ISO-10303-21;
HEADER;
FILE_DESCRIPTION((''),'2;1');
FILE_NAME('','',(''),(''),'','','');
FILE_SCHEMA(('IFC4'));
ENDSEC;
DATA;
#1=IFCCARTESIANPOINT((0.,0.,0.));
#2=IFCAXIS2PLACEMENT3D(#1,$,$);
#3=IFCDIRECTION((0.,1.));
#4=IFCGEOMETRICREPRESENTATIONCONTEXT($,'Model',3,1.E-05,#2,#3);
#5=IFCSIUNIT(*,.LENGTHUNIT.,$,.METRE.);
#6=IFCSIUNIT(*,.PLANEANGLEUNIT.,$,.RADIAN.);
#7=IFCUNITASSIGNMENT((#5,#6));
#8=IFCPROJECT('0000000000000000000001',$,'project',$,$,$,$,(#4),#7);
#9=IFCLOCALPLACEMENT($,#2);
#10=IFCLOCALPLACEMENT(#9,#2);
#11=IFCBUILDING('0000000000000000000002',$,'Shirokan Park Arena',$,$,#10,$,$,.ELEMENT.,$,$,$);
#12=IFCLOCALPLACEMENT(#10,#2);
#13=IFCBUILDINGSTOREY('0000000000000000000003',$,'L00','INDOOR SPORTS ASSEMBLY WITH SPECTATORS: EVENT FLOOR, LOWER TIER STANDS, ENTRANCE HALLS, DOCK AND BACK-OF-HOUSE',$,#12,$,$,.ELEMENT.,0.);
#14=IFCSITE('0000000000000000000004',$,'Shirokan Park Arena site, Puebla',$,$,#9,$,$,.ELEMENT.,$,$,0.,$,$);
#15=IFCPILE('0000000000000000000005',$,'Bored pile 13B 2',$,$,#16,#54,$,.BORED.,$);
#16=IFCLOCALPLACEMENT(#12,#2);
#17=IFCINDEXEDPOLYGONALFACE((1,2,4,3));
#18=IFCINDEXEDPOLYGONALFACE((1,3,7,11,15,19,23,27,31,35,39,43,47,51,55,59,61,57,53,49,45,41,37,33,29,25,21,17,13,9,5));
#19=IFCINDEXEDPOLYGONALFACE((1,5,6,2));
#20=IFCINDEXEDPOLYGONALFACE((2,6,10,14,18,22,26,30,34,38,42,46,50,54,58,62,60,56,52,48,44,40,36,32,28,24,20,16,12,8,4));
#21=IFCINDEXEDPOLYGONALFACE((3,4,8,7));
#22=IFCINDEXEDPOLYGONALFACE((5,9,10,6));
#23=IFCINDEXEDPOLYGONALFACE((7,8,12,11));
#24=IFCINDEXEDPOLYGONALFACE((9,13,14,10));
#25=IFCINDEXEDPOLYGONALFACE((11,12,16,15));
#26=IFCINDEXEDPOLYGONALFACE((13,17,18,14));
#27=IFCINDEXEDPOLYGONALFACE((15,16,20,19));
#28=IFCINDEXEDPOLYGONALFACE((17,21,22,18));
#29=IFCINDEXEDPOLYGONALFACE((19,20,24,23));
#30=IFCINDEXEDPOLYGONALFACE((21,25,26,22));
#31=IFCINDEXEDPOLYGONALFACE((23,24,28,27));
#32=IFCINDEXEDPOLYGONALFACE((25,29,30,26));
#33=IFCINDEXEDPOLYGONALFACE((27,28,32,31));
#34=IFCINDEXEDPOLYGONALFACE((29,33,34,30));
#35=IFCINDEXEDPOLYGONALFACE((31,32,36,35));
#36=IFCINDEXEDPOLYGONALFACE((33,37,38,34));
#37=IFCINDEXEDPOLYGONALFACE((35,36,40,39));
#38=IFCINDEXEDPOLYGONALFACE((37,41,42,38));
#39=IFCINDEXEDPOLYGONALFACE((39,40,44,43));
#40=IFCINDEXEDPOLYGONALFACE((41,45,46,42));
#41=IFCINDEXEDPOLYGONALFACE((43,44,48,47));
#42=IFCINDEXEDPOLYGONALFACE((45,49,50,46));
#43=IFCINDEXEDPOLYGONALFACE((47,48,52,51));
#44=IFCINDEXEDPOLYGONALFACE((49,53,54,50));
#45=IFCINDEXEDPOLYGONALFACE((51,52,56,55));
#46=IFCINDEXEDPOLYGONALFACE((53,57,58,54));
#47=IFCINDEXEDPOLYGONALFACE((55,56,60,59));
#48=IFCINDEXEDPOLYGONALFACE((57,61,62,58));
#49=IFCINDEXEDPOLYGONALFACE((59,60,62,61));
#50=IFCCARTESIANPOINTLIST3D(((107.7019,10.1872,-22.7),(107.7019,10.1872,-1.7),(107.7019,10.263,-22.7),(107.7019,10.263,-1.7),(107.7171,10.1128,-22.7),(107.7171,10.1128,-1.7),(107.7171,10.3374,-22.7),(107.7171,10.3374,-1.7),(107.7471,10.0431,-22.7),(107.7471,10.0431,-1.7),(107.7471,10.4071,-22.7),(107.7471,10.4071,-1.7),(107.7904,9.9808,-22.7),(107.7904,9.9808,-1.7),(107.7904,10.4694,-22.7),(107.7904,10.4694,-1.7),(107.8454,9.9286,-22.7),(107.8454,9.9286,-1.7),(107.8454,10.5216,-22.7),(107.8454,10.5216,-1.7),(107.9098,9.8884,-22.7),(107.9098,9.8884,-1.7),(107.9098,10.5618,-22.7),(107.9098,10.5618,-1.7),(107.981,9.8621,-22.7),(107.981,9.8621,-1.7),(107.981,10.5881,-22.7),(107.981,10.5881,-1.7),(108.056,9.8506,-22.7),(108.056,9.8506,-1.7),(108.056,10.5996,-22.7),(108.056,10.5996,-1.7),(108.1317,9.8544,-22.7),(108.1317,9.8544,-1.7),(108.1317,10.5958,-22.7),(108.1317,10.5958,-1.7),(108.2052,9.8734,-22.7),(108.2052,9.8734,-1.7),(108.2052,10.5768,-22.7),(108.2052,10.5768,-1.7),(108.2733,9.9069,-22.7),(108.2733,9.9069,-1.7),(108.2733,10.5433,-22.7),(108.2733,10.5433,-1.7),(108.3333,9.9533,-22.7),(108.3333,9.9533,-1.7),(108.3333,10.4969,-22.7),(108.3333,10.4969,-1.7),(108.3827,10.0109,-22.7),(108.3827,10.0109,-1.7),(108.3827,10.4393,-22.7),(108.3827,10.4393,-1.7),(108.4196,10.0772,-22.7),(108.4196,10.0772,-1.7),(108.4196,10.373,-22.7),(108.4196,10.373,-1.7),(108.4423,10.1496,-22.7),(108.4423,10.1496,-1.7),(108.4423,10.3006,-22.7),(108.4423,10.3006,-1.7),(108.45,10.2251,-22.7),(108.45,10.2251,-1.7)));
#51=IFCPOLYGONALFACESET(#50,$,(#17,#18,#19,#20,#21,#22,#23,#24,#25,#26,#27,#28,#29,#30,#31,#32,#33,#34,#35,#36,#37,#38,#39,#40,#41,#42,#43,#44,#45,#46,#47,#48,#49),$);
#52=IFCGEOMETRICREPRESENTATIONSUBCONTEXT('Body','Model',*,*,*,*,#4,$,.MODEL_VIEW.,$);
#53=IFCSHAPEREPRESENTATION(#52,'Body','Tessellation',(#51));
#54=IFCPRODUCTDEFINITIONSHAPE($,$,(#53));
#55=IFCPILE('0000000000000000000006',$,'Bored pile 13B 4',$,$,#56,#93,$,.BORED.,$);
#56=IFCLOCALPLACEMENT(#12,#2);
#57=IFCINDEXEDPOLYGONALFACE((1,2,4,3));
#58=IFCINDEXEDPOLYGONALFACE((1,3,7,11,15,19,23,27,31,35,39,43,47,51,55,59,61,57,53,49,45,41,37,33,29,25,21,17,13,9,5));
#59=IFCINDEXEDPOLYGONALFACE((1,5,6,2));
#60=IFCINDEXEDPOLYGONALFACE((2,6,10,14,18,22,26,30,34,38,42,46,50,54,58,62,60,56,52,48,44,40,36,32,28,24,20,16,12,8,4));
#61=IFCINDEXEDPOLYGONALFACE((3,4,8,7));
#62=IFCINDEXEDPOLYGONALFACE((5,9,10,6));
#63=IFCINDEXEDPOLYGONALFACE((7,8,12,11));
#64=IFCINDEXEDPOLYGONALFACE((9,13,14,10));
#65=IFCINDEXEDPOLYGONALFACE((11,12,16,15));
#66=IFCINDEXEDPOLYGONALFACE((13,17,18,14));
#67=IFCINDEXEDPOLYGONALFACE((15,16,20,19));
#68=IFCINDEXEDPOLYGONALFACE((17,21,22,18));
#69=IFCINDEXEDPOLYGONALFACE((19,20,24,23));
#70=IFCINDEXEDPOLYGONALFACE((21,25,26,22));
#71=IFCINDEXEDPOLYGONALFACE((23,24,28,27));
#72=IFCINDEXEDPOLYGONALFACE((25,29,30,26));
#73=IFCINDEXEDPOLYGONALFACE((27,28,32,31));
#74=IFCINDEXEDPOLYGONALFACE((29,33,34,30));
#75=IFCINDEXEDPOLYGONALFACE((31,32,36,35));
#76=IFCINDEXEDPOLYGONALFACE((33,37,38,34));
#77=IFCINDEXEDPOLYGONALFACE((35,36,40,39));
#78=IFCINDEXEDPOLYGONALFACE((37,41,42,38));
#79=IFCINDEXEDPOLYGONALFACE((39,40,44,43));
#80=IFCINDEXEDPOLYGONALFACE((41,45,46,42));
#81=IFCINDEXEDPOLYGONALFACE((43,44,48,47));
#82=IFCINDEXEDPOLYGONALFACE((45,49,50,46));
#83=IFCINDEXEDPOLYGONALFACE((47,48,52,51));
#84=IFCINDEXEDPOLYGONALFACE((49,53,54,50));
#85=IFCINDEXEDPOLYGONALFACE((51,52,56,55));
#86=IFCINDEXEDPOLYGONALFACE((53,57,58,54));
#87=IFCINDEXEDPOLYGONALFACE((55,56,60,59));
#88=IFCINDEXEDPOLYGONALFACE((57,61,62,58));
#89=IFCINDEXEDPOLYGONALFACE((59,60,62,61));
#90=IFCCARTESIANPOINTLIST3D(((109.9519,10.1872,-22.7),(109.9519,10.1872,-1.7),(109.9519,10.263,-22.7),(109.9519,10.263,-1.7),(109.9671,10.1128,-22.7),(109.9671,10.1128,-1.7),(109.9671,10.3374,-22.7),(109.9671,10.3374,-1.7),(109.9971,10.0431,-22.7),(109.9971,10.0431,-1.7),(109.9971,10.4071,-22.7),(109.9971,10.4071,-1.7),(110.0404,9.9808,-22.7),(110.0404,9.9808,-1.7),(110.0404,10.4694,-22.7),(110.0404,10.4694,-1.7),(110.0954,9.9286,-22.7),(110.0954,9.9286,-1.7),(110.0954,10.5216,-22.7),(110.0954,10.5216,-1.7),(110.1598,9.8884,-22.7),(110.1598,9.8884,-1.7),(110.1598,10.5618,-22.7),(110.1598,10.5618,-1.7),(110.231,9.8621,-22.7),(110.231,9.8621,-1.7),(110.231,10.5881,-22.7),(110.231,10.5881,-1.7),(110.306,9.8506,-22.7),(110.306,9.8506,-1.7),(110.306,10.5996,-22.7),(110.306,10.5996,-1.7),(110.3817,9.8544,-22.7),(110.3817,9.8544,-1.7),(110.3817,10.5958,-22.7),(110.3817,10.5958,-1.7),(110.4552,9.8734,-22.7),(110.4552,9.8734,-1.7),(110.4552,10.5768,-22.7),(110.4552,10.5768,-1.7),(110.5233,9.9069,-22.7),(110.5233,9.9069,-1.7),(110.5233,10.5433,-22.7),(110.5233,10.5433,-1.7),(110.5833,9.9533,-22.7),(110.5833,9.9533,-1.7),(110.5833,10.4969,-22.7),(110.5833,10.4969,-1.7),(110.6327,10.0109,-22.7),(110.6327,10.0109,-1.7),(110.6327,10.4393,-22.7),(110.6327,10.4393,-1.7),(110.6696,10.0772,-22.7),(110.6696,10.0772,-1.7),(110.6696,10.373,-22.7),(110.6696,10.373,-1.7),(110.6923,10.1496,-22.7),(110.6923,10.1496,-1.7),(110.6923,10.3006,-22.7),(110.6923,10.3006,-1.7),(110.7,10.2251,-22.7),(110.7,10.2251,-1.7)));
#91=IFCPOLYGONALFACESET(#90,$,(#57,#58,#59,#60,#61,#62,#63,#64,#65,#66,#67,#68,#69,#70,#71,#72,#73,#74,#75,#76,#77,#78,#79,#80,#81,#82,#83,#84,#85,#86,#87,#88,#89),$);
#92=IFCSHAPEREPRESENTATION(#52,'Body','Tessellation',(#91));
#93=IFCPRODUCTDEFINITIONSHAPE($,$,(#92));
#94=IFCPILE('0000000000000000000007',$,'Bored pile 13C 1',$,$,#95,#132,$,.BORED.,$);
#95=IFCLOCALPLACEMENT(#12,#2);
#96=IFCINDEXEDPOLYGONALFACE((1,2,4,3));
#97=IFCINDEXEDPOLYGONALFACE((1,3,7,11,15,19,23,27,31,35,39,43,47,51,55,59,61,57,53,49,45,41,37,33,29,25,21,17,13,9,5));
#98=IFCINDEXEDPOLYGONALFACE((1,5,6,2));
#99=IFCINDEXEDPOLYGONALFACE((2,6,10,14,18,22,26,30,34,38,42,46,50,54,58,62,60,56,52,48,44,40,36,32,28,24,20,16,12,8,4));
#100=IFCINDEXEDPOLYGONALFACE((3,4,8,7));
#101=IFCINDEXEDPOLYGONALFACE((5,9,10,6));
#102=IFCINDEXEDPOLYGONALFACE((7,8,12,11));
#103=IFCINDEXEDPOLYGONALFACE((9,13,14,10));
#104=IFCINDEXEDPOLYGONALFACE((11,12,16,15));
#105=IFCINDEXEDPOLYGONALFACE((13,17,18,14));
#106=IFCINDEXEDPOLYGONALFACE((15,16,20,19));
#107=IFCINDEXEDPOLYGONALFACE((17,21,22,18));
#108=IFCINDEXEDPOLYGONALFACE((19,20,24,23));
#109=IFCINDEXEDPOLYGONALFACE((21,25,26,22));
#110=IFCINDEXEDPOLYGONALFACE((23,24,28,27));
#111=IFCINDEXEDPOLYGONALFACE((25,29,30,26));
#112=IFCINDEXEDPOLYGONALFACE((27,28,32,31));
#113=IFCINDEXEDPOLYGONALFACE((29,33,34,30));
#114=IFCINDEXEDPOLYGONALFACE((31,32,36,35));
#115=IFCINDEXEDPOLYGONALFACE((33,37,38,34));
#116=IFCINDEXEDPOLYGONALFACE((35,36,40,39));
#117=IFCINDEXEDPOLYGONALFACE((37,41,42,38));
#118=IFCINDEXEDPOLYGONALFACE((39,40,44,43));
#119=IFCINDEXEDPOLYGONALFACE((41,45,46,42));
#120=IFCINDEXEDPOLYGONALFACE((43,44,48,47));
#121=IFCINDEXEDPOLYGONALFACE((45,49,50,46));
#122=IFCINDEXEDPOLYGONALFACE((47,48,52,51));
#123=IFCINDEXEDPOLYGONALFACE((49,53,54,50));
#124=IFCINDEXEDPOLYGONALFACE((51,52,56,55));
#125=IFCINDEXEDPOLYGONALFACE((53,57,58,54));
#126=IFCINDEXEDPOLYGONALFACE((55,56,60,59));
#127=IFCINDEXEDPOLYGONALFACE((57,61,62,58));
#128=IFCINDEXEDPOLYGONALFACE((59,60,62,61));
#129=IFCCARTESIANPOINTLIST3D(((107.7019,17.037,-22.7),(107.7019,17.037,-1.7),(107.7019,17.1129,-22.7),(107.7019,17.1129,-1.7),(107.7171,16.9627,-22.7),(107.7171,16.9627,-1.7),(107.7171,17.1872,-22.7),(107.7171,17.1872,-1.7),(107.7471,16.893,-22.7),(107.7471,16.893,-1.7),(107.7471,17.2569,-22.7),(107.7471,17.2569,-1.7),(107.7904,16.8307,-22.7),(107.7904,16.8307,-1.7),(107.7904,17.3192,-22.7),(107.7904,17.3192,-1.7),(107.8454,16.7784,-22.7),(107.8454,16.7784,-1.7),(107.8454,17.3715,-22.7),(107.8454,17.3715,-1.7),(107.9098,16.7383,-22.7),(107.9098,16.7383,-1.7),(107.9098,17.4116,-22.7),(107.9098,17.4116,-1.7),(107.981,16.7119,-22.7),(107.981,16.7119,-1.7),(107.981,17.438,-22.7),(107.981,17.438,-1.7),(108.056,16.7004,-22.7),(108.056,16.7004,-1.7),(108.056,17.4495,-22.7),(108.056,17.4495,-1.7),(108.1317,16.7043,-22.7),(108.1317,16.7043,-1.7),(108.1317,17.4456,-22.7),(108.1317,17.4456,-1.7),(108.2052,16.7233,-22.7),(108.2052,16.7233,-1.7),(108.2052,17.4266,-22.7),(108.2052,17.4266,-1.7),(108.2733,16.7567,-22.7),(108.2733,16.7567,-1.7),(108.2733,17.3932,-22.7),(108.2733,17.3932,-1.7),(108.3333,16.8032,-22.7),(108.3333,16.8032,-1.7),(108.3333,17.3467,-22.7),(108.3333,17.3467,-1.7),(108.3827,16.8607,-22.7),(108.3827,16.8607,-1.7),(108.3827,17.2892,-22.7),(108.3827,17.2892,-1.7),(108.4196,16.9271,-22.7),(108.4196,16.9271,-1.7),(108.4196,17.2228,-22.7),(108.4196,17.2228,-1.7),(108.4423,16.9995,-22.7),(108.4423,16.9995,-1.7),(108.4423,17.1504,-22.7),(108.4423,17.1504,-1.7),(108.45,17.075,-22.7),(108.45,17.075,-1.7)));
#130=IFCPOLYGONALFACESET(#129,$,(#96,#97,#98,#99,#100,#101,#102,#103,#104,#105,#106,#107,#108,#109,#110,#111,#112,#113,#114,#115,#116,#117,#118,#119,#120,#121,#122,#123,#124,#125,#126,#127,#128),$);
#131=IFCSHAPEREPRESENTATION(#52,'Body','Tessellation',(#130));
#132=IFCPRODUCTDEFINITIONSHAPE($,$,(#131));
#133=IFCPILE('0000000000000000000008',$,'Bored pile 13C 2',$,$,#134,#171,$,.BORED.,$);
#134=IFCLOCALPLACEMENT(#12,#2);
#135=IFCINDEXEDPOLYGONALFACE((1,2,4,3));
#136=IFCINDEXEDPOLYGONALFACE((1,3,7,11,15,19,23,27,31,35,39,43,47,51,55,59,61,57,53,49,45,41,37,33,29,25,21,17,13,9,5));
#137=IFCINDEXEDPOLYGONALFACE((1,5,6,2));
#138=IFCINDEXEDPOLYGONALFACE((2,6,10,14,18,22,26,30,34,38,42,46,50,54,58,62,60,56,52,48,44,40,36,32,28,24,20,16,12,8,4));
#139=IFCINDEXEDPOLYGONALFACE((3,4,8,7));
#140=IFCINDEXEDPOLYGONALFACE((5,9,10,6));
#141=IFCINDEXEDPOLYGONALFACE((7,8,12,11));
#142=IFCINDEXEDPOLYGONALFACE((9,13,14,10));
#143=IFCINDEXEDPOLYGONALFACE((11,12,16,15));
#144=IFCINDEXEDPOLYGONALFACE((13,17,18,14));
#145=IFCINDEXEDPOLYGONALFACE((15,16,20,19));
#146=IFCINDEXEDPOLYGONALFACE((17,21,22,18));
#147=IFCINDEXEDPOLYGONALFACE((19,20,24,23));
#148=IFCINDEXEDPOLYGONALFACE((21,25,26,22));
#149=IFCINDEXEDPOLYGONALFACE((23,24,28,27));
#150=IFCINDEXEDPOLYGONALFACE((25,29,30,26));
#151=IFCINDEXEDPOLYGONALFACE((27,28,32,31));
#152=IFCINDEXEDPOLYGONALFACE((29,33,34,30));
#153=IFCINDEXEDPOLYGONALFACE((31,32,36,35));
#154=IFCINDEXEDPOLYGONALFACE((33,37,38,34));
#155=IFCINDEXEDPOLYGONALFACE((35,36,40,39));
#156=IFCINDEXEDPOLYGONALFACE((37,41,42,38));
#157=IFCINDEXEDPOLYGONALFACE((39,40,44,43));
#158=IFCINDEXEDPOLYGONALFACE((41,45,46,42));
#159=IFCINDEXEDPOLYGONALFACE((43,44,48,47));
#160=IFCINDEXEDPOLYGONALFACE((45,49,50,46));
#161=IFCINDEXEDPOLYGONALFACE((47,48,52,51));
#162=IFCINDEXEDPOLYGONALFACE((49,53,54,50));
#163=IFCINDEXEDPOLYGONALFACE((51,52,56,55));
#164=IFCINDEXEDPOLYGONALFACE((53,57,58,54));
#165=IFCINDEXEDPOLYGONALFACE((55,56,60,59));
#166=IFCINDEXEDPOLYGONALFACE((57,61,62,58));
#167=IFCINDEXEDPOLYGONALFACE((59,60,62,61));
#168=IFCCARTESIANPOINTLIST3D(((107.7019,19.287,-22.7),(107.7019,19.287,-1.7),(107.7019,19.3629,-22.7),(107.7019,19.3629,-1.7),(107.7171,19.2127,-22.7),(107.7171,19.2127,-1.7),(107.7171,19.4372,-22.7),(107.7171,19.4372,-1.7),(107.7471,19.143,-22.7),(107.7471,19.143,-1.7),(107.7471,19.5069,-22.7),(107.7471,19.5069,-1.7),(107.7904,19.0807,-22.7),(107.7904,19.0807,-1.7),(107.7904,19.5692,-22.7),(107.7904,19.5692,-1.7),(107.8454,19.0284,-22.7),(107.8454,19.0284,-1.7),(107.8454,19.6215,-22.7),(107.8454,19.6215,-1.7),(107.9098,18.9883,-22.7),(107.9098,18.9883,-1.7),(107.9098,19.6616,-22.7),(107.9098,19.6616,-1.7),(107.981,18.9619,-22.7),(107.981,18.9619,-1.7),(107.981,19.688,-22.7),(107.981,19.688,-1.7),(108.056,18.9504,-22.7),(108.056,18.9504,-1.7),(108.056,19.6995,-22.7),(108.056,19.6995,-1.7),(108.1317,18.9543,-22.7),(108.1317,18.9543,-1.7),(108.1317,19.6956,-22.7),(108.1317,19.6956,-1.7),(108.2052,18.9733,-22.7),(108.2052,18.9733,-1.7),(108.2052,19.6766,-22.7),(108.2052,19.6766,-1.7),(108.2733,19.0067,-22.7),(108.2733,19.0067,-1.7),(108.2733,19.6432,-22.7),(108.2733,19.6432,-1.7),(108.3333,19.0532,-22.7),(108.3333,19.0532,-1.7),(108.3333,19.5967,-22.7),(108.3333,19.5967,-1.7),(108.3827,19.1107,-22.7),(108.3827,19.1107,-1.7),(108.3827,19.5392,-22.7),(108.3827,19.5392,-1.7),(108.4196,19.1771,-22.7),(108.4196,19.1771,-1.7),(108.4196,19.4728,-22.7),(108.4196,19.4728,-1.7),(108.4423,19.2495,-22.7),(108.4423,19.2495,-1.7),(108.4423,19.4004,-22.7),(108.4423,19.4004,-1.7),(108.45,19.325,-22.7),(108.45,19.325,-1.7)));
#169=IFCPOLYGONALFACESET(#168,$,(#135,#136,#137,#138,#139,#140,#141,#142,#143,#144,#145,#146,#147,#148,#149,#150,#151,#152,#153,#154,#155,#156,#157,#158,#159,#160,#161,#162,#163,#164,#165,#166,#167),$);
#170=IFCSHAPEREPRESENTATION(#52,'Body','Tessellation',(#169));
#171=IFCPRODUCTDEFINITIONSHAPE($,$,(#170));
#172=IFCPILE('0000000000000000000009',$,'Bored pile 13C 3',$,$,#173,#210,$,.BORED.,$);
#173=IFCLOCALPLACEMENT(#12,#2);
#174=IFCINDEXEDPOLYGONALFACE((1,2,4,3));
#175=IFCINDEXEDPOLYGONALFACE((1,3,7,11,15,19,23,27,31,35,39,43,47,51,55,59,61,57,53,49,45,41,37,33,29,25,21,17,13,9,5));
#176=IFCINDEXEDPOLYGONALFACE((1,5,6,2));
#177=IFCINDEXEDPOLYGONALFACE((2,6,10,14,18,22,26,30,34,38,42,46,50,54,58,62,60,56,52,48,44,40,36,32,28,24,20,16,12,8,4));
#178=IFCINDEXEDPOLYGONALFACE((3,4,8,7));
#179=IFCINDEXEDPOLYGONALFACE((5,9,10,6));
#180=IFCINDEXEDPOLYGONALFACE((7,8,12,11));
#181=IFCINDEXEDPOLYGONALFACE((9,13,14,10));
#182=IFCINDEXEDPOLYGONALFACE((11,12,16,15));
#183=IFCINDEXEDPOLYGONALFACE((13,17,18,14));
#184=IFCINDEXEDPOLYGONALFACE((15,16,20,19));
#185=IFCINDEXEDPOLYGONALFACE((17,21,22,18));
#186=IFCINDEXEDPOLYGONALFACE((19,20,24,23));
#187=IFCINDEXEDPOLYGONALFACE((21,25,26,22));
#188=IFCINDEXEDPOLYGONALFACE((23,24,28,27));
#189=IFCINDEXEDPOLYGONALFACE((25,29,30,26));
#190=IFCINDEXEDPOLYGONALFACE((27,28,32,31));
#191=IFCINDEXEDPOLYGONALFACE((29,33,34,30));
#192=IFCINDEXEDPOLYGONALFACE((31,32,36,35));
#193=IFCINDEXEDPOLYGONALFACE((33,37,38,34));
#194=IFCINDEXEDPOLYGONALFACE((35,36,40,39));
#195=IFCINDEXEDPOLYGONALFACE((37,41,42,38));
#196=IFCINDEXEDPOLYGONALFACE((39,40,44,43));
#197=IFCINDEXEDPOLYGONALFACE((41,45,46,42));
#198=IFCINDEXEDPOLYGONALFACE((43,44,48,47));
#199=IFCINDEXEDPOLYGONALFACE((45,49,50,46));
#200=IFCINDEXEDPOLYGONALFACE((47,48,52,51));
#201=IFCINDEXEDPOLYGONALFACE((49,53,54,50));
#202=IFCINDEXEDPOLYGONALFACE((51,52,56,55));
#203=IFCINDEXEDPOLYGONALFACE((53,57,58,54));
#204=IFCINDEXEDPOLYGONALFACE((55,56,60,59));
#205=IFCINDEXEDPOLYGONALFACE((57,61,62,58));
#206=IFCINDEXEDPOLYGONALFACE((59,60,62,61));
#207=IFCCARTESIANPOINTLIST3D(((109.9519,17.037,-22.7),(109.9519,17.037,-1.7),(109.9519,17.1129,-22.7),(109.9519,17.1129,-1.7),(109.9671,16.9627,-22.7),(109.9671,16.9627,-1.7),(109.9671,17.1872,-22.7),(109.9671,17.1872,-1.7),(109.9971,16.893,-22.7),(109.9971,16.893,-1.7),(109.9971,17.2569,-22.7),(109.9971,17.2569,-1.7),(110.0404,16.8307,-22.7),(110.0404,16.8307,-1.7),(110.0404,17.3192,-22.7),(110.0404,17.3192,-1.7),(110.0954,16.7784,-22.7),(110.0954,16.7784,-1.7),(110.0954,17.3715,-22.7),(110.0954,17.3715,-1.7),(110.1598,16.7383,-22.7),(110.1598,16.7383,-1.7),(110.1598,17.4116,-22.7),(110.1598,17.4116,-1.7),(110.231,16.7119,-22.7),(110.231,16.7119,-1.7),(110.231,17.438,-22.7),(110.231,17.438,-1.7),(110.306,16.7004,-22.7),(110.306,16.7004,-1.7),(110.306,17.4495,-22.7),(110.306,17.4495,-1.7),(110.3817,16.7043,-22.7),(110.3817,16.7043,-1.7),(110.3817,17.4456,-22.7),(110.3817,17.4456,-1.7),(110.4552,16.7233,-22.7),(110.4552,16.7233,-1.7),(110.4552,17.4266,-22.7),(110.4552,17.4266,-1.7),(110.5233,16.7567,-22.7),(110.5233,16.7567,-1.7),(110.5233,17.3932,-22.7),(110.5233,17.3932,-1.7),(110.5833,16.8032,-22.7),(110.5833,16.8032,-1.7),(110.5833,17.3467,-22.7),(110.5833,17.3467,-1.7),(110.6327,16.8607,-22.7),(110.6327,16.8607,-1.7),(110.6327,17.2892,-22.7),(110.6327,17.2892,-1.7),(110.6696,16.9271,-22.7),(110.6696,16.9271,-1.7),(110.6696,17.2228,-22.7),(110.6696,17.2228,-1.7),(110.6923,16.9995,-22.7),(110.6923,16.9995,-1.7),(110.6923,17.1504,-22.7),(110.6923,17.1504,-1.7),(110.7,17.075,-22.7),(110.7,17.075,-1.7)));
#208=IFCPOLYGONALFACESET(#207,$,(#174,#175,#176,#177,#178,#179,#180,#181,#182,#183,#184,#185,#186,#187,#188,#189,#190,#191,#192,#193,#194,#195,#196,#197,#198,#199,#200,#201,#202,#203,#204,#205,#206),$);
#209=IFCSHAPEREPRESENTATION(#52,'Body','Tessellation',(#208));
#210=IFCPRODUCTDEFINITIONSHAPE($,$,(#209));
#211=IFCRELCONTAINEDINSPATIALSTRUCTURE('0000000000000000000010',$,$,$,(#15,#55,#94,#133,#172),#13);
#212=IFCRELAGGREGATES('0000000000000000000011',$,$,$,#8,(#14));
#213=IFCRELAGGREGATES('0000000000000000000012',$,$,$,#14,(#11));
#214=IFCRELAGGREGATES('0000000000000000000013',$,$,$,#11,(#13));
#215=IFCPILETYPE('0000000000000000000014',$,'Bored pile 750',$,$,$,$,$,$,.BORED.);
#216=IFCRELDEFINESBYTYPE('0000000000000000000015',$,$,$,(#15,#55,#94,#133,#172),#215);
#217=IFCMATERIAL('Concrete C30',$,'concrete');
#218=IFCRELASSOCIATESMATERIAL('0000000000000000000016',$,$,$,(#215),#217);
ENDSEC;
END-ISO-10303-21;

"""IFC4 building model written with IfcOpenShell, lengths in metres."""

from ifc_helpers import new_model, si_unit, direction, frame, origin, origin_2d, place, context, subcontext, project, spatial, circle, extrude, material, material_profile, profile_set, type_object, element, save


model = new_model("IFC4")

# Units and contexts
model_context = context("Model", 3, precision=1e-05, world=origin(), true_north=direction((0.0, 1.0)))
body_context = subcontext(model_context, "Body", "Model", "MODEL_VIEW")
ifc_project = project(units=[si_unit("LENGTHUNIT", "METRE"), si_unit("PLANEANGLEUNIT", "RADIAN")], contexts=[model_context])

# Site, building, storey
site_placement = place(None, origin())
site = spatial("IfcSite", under=ifc_project, at=site_placement, Name="Shirokan Park Arena site, Puebla", CompositionType="ELEMENT", RefElevation=0.0)
building_placement = place(site_placement, origin())
building = spatial("IfcBuilding", under=site, at=building_placement, Name="Shirokan Park Arena", CompositionType="ELEMENT")
storey_placement = place(building_placement, origin())
storey = spatial("IfcBuildingStorey", under=building, at=storey_placement, Name="L00", Description="INDOOR SPORTS ASSEMBLY WITH SPECTATORS: EVENT FLOOR, LOWER TIER STANDS, ENTRANCE HALLS, DOCK AND BACK-OF-HOUSE", CompositionType="ELEMENT", Elevation=0.0)

# Piles
ifc_material_1 = material(Name="Concrete C30", Category="concrete")
ifc_material_profile_1 = material_profile(ifc_material_1, circle(Radius=0.375, at=origin_2d()), Name="D750")
ifc_profile_set_1 = profile_set([ifc_material_profile_1], Name="Concrete C30")
pile_type = type_object("IfcPileType", Name="Bored pile 750", PredefinedType="BORED", material=ifc_profile_set_1)
for number, where, z_axis, x_axis, name in (
    (1, (108.075, 10.2251, -1.7), (0.0, 0.0, -1.0), (1.0, 0.0, 0.0), "Bored pile 13B 2"),
    (2, (110.325, 10.2251, -1.7), (0.0, 0.0, -1.0), (1.0, 0.0, 0.0), "Bored pile 13B 4"),
    (3, (108.075, 17.075, -1.7), (0.0, 0.0, -1.0), (1.0, 0.0, 0.0), "Bored pile 13C 1"),
    (4, (108.075, 19.325, -1.7), (0.0, 0.0, -1.0), (1.0, 0.0, 0.0), "Bored pile 13C 2"),
    (5, (110.325, 17.075, -1.7), (0.0, 0.0, -1.0), (1.0, 0.0, 0.0), "Bored pile 13C 3"),
):
    element("IfcPile", number, at=place(storey_placement, frame(where, z_axis=z_axis, x_axis=x_axis)), inside=storey, type_object=pile_type, Name=name, PredefinedType="BORED", context=body_context, shape_type="SweptSolid", body=[
        extrude(circle(Radius=0.375, at=origin_2d()), origin(), (0.0, 0.0, 1.0), 21.0),
    ])

save(model, "model.ifc")
